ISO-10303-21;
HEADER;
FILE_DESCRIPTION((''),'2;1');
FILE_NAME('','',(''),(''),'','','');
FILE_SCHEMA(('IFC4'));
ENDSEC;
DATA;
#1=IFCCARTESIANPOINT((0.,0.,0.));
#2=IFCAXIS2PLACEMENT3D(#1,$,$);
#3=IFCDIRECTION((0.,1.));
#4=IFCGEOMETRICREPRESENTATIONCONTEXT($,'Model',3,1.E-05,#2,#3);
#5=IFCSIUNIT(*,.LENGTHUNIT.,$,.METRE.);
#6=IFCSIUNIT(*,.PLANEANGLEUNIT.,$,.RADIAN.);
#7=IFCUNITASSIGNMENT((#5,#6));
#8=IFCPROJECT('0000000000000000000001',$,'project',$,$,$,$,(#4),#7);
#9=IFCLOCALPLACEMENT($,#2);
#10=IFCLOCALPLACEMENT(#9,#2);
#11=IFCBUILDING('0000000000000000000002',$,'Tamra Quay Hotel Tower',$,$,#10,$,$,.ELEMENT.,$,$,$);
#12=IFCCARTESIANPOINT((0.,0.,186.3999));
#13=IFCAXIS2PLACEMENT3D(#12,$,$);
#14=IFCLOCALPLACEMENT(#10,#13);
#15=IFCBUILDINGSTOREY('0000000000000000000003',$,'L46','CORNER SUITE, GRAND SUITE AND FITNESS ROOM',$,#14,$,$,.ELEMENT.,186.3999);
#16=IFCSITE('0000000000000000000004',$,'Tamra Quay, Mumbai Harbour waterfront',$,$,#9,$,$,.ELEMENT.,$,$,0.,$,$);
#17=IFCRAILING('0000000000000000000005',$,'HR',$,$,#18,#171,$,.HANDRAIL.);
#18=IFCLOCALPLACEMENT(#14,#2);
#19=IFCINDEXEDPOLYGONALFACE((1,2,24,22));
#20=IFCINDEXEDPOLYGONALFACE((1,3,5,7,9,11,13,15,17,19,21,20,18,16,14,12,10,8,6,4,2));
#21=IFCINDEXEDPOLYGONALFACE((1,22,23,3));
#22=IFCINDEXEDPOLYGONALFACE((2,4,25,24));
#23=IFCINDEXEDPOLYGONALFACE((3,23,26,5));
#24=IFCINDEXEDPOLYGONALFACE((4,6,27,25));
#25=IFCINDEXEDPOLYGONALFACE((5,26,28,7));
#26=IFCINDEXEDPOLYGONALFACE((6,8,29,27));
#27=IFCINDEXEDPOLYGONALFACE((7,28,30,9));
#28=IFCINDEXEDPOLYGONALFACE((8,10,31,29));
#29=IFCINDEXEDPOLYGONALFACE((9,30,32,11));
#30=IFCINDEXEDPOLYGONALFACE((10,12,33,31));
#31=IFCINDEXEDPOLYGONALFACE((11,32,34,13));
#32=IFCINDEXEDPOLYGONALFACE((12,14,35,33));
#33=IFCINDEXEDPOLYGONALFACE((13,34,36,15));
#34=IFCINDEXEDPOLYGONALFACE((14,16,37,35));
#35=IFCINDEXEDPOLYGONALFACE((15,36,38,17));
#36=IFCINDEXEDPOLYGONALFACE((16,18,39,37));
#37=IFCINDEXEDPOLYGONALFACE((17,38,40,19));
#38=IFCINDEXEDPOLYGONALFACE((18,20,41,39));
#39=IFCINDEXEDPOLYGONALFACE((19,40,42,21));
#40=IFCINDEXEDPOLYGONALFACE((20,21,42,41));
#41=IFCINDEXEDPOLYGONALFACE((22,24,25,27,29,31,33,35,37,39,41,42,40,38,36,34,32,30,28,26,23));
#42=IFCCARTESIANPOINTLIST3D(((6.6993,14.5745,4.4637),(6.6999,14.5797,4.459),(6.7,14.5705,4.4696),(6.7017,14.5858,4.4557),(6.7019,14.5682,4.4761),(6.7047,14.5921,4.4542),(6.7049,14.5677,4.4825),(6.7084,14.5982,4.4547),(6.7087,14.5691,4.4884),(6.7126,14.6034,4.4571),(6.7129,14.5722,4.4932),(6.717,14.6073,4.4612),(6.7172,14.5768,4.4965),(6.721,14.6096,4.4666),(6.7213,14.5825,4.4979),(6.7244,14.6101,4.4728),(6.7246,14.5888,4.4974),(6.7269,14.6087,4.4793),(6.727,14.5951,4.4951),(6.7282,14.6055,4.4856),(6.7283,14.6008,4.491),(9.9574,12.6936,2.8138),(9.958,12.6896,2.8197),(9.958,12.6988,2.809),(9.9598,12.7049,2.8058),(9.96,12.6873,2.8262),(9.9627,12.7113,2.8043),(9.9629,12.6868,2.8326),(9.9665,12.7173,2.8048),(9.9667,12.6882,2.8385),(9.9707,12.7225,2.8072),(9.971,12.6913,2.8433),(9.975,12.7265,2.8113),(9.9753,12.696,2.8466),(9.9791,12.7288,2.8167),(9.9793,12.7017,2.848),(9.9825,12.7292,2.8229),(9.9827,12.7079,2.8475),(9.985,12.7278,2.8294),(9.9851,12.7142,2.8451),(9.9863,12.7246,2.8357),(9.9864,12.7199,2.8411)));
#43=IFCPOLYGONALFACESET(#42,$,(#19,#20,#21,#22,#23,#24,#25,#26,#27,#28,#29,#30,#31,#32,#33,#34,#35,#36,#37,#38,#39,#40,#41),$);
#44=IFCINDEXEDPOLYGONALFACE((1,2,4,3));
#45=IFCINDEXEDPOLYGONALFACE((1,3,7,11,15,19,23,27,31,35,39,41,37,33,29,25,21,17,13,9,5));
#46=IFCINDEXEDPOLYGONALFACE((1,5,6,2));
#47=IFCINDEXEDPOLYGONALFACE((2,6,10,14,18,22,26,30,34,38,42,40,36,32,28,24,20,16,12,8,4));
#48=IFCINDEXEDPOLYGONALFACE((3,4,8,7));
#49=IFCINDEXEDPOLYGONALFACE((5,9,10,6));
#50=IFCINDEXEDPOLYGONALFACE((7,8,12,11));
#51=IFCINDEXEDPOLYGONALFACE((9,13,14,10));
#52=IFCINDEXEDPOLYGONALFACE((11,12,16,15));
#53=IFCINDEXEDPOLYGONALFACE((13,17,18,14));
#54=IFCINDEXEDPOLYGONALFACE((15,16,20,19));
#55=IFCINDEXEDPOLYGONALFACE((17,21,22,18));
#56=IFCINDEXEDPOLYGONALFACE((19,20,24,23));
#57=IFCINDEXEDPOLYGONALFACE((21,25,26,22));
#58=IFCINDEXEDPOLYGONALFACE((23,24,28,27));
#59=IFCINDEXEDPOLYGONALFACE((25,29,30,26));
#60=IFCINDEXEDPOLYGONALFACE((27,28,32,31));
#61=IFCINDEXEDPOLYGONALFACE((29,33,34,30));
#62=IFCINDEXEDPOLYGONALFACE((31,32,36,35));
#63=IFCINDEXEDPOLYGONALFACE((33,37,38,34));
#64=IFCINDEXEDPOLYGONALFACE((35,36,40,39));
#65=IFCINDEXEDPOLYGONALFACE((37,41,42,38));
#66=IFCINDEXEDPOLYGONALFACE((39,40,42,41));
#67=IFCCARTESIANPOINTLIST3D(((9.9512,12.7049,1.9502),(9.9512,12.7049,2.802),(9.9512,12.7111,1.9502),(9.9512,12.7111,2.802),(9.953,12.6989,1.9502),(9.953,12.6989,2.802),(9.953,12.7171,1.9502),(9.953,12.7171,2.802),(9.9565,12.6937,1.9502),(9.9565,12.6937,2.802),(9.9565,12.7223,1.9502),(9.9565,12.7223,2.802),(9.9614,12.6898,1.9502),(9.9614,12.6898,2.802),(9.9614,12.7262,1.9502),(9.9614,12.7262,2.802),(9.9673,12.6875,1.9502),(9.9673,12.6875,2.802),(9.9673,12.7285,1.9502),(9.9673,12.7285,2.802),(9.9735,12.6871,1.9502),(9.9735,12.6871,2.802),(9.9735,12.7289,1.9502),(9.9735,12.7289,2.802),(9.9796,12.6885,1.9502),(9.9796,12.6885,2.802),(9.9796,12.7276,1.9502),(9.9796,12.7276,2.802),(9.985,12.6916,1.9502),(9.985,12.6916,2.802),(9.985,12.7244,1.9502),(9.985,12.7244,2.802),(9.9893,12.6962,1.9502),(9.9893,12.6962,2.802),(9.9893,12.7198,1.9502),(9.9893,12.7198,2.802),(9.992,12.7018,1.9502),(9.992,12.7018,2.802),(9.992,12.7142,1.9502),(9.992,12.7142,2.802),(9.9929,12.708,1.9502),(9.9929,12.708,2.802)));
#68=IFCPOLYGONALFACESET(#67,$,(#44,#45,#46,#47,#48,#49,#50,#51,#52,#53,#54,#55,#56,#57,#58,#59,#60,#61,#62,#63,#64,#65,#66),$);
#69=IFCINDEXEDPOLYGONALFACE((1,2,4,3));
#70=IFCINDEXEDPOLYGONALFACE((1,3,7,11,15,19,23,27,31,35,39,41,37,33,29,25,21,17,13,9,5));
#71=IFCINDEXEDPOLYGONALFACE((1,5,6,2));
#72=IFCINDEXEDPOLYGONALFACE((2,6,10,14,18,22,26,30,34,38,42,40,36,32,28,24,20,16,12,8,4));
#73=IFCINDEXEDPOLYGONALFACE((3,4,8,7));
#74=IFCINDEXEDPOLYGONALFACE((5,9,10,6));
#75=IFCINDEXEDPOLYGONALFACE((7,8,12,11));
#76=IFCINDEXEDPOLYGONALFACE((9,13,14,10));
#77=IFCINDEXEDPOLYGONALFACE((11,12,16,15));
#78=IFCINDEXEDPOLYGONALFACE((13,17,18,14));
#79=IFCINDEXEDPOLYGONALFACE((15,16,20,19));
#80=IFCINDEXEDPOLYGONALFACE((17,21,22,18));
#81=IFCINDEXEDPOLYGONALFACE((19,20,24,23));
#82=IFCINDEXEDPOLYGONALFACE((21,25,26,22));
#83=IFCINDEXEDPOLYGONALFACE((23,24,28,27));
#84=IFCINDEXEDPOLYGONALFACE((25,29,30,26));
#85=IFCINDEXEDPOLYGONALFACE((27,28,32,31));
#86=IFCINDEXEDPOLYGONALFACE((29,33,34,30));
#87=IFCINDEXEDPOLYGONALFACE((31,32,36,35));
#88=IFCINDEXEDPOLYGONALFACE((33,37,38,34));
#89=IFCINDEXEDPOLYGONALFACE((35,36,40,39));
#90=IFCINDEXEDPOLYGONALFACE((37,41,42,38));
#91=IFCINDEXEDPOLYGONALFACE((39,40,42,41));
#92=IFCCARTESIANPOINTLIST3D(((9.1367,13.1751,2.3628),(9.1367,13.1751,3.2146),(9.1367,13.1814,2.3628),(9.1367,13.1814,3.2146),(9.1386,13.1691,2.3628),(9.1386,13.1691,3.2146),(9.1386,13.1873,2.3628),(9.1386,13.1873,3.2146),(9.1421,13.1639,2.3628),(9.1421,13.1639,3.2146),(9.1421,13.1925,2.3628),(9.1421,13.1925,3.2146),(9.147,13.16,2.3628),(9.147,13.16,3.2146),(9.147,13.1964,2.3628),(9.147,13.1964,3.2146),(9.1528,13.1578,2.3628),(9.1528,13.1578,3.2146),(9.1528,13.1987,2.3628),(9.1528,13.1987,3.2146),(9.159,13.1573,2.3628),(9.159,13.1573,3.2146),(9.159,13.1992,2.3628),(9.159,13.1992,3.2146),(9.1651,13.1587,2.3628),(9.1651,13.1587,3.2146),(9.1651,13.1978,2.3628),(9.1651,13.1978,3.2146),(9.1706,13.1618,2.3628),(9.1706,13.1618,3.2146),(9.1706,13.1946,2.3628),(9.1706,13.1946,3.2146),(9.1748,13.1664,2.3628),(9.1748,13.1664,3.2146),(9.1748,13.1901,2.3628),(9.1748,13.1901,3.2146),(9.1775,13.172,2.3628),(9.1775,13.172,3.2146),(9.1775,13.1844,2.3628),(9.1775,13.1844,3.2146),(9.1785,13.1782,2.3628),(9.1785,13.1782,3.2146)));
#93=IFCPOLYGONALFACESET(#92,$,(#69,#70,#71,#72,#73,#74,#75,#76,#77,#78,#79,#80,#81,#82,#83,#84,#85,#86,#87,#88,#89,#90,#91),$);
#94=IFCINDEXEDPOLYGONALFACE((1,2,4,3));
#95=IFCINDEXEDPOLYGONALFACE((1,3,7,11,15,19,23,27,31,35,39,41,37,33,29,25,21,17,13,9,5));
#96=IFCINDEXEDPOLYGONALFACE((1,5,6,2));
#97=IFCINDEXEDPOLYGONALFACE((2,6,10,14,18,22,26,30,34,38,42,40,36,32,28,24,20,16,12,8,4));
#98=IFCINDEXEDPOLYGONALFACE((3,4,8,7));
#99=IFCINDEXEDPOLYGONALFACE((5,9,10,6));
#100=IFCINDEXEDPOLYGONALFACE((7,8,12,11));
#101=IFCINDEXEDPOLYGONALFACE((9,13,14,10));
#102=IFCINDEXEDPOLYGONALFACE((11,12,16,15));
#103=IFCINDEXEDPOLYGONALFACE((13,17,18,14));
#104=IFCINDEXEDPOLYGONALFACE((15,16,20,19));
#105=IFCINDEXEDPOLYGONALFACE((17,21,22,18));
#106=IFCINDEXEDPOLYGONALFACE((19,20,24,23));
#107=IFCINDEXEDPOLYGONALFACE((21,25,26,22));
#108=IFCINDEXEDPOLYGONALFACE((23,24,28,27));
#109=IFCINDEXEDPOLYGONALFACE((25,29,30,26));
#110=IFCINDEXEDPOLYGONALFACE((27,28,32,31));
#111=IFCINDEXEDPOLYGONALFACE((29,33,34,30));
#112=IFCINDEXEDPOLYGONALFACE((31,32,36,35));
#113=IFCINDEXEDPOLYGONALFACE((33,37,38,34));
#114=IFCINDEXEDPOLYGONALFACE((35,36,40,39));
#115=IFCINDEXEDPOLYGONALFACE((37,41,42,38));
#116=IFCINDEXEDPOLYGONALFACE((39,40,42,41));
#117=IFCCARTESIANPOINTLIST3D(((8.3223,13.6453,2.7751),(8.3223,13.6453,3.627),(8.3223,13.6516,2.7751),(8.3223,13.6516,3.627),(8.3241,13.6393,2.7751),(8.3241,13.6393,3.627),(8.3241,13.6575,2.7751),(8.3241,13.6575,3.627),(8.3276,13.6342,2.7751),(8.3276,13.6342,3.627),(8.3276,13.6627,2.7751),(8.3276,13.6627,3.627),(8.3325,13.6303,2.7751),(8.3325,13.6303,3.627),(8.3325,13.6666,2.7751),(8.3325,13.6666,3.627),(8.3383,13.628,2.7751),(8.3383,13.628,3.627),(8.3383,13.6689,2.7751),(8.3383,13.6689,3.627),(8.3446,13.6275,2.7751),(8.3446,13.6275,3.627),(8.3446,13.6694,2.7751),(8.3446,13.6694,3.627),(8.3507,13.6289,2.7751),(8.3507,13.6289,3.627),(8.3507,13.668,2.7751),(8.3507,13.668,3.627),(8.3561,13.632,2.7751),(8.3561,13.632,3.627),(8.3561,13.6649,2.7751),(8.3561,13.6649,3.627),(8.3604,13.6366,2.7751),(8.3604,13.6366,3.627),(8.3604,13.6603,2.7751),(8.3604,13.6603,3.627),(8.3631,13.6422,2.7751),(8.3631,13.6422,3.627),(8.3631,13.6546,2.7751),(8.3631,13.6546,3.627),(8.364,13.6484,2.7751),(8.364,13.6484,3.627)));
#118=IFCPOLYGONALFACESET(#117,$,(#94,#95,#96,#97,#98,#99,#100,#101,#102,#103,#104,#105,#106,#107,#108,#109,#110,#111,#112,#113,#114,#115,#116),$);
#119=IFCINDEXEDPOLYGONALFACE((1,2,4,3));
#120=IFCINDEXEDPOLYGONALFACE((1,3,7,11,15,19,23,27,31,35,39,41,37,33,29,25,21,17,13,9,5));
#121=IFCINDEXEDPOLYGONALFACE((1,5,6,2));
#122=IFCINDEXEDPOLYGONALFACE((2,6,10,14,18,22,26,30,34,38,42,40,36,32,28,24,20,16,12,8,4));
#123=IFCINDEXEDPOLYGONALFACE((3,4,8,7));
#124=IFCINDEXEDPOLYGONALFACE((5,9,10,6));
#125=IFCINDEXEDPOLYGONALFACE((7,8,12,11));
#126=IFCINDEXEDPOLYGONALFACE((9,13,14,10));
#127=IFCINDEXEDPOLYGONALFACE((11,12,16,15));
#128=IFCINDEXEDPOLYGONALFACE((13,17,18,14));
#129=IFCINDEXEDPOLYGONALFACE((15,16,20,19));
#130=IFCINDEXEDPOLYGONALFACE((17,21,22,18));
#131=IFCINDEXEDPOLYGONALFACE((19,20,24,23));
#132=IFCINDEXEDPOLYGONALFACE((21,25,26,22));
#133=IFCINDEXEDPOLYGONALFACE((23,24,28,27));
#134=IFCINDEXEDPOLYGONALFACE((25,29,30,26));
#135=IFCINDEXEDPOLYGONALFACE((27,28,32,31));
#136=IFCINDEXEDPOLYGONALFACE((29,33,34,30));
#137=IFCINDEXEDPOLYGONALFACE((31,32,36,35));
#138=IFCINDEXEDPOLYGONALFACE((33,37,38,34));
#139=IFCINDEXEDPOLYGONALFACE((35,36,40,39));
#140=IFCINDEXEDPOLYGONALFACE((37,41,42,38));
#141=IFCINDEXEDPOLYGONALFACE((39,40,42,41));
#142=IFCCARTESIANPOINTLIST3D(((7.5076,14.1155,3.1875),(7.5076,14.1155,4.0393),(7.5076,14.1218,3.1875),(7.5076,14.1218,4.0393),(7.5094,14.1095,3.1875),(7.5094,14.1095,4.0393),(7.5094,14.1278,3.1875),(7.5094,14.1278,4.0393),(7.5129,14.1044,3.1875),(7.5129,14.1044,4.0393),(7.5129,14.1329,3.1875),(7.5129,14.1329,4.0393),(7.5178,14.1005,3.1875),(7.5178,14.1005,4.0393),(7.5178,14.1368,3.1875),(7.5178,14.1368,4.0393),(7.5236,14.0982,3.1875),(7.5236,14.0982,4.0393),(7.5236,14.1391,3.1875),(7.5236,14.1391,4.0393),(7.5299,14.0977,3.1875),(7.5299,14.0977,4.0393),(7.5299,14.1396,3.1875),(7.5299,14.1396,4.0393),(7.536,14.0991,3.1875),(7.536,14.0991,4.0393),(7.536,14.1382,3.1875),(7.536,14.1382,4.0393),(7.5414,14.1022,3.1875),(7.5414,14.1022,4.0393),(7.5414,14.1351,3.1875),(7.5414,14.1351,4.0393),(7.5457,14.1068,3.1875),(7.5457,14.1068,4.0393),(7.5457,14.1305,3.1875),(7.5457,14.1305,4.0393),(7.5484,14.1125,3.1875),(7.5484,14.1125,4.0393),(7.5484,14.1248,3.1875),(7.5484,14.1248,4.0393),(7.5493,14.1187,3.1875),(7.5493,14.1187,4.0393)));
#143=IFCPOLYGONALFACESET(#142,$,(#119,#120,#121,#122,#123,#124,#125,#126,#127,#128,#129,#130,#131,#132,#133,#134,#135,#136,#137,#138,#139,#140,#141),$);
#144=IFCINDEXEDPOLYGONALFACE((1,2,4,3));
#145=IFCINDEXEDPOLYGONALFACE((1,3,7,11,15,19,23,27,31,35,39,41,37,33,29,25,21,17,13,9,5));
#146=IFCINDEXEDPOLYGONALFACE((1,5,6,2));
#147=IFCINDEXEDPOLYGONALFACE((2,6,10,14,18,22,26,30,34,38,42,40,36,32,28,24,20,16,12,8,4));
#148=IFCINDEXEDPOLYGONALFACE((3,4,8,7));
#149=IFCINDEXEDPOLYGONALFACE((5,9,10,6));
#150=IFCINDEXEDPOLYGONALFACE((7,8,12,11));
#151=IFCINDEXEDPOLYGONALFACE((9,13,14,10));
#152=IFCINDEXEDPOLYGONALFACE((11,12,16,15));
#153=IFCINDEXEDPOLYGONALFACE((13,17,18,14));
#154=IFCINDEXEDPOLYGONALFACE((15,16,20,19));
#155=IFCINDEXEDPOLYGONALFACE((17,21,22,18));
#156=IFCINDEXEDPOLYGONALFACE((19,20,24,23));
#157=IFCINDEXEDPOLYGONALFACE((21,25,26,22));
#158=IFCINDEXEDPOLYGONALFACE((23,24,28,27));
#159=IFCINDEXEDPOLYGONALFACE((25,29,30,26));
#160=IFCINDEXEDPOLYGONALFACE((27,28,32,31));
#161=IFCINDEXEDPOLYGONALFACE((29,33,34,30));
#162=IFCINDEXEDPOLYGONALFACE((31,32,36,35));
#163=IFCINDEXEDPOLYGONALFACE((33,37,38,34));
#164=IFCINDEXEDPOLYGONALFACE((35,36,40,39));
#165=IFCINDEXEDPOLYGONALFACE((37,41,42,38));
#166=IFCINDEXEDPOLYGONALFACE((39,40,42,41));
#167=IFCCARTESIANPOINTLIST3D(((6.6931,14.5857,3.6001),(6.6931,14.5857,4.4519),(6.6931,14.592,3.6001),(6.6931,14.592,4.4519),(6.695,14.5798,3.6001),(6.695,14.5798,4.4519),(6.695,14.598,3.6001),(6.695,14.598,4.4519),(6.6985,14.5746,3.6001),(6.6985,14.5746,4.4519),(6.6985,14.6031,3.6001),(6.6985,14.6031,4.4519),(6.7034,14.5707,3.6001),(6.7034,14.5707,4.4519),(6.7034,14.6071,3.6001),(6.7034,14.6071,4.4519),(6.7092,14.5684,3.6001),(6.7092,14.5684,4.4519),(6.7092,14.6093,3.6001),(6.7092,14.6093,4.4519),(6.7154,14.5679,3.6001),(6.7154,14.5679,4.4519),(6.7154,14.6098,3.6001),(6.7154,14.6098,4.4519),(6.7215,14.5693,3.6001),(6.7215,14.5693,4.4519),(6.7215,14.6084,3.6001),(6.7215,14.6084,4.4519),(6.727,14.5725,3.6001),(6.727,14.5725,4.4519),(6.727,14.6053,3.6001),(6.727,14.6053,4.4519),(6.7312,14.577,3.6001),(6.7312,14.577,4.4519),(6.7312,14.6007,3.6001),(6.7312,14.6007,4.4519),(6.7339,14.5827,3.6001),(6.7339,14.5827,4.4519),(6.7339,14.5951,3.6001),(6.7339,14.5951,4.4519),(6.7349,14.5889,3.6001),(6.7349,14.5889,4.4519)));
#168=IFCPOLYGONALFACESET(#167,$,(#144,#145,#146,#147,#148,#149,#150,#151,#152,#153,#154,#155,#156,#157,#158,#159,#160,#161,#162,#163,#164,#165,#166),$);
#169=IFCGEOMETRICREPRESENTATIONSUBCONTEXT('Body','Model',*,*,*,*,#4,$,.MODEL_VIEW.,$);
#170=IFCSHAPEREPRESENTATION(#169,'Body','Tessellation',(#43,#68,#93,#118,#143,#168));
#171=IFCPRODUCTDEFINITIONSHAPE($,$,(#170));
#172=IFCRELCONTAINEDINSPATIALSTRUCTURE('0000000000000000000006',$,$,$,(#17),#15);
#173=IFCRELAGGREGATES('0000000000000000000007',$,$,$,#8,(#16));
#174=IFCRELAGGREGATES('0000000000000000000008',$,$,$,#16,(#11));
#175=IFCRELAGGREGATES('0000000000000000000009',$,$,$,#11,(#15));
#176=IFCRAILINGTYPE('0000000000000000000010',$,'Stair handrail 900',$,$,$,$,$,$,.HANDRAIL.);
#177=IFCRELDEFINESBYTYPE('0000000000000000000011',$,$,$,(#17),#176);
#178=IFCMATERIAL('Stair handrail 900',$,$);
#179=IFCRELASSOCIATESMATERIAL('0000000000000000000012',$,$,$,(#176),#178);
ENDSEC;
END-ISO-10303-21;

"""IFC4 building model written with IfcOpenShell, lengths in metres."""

from ifc_helpers import new_model, si_unit, direction, frame, origin, origin_2d, place, context, subcontext, project, spatial, circle, extrude, material, type_object, element, save


model = new_model("IFC4")

# Units and contexts
model_context = context("Model", 3, precision=1e-05, world=origin(), true_north=direction((0.0, 1.0)))
body_context = subcontext(model_context, "Body", "Model", "MODEL_VIEW")
ifc_project = project(units=[si_unit("LENGTHUNIT", "METRE"), si_unit("PLANEANGLEUNIT", "RADIAN")], contexts=[model_context])

# Site, building, storey
site_placement = place(None, origin())
site = spatial("IfcSite", under=ifc_project, at=site_placement, Name="Tamra Quay, Mumbai Harbour waterfront", CompositionType="ELEMENT", RefElevation=0.0)
building_placement = place(site_placement, origin())
building = spatial("IfcBuilding", under=site, at=building_placement, Name="Tamra Quay Hotel Tower", CompositionType="ELEMENT")
storey_placement = place(building_placement, frame((0.0, 0.0, 186.3999)))
storey = spatial("IfcBuildingStorey", under=building, at=storey_placement, Name="L46", Description="CORNER SUITE, GRAND SUITE AND FITNESS ROOM", CompositionType="ELEMENT", Elevation=186.3999)

# Railing
ifc_material_1 = material(Name="Stair handrail 900")
railing_type_1 = type_object("IfcRailingType", Name="Stair handrail 900", PredefinedType="HANDRAIL", material=ifc_material_1)
railing_1_placement = place(storey_placement, frame((9.9719, 12.708, 1.9502)))
element("IfcRailing", 1, at=railing_1_placement, inside=storey, type_object=railing_type_1, Name="HR", PredefinedType="HANDRAIL", context=body_context, shape_type="SweptSolid", body=[
    extrude(circle(Radius=0.0239, at=origin_2d()), frame((0.0, 0.0, 0.876), z_axis=(-0.793122, 0.457865, 0.401642), x_axis=(-0.499964, -0.866046, 0.0)), (0.0, 0.0, 1.0), 4.1079),
    extrude(circle(Radius=0.021, at=origin_2d()), origin(), (0.0, 0.0, 1.0), 0.8518),
    extrude(circle(Radius=0.021, at=origin_2d()), frame((-0.8145, 0.4702, 0.4126)), (0.0, 0.0, 1.0), 0.8518),
    extrude(circle(Radius=0.021, at=origin_2d()), frame((-1.6289, 0.9404, 0.825)), (0.0, 0.0, 1.0), 0.8518),
    extrude(circle(Radius=0.021, at=origin_2d()), frame((-2.4436, 1.4106, 1.2373)), (0.0, 0.0, 1.0), 0.8518),
    extrude(circle(Radius=0.021, at=origin_2d()), frame((-3.2581, 1.8809, 1.6499)), (0.0, 0.0, 1.0), 0.8518),
])

save(model, "model.ifc")
